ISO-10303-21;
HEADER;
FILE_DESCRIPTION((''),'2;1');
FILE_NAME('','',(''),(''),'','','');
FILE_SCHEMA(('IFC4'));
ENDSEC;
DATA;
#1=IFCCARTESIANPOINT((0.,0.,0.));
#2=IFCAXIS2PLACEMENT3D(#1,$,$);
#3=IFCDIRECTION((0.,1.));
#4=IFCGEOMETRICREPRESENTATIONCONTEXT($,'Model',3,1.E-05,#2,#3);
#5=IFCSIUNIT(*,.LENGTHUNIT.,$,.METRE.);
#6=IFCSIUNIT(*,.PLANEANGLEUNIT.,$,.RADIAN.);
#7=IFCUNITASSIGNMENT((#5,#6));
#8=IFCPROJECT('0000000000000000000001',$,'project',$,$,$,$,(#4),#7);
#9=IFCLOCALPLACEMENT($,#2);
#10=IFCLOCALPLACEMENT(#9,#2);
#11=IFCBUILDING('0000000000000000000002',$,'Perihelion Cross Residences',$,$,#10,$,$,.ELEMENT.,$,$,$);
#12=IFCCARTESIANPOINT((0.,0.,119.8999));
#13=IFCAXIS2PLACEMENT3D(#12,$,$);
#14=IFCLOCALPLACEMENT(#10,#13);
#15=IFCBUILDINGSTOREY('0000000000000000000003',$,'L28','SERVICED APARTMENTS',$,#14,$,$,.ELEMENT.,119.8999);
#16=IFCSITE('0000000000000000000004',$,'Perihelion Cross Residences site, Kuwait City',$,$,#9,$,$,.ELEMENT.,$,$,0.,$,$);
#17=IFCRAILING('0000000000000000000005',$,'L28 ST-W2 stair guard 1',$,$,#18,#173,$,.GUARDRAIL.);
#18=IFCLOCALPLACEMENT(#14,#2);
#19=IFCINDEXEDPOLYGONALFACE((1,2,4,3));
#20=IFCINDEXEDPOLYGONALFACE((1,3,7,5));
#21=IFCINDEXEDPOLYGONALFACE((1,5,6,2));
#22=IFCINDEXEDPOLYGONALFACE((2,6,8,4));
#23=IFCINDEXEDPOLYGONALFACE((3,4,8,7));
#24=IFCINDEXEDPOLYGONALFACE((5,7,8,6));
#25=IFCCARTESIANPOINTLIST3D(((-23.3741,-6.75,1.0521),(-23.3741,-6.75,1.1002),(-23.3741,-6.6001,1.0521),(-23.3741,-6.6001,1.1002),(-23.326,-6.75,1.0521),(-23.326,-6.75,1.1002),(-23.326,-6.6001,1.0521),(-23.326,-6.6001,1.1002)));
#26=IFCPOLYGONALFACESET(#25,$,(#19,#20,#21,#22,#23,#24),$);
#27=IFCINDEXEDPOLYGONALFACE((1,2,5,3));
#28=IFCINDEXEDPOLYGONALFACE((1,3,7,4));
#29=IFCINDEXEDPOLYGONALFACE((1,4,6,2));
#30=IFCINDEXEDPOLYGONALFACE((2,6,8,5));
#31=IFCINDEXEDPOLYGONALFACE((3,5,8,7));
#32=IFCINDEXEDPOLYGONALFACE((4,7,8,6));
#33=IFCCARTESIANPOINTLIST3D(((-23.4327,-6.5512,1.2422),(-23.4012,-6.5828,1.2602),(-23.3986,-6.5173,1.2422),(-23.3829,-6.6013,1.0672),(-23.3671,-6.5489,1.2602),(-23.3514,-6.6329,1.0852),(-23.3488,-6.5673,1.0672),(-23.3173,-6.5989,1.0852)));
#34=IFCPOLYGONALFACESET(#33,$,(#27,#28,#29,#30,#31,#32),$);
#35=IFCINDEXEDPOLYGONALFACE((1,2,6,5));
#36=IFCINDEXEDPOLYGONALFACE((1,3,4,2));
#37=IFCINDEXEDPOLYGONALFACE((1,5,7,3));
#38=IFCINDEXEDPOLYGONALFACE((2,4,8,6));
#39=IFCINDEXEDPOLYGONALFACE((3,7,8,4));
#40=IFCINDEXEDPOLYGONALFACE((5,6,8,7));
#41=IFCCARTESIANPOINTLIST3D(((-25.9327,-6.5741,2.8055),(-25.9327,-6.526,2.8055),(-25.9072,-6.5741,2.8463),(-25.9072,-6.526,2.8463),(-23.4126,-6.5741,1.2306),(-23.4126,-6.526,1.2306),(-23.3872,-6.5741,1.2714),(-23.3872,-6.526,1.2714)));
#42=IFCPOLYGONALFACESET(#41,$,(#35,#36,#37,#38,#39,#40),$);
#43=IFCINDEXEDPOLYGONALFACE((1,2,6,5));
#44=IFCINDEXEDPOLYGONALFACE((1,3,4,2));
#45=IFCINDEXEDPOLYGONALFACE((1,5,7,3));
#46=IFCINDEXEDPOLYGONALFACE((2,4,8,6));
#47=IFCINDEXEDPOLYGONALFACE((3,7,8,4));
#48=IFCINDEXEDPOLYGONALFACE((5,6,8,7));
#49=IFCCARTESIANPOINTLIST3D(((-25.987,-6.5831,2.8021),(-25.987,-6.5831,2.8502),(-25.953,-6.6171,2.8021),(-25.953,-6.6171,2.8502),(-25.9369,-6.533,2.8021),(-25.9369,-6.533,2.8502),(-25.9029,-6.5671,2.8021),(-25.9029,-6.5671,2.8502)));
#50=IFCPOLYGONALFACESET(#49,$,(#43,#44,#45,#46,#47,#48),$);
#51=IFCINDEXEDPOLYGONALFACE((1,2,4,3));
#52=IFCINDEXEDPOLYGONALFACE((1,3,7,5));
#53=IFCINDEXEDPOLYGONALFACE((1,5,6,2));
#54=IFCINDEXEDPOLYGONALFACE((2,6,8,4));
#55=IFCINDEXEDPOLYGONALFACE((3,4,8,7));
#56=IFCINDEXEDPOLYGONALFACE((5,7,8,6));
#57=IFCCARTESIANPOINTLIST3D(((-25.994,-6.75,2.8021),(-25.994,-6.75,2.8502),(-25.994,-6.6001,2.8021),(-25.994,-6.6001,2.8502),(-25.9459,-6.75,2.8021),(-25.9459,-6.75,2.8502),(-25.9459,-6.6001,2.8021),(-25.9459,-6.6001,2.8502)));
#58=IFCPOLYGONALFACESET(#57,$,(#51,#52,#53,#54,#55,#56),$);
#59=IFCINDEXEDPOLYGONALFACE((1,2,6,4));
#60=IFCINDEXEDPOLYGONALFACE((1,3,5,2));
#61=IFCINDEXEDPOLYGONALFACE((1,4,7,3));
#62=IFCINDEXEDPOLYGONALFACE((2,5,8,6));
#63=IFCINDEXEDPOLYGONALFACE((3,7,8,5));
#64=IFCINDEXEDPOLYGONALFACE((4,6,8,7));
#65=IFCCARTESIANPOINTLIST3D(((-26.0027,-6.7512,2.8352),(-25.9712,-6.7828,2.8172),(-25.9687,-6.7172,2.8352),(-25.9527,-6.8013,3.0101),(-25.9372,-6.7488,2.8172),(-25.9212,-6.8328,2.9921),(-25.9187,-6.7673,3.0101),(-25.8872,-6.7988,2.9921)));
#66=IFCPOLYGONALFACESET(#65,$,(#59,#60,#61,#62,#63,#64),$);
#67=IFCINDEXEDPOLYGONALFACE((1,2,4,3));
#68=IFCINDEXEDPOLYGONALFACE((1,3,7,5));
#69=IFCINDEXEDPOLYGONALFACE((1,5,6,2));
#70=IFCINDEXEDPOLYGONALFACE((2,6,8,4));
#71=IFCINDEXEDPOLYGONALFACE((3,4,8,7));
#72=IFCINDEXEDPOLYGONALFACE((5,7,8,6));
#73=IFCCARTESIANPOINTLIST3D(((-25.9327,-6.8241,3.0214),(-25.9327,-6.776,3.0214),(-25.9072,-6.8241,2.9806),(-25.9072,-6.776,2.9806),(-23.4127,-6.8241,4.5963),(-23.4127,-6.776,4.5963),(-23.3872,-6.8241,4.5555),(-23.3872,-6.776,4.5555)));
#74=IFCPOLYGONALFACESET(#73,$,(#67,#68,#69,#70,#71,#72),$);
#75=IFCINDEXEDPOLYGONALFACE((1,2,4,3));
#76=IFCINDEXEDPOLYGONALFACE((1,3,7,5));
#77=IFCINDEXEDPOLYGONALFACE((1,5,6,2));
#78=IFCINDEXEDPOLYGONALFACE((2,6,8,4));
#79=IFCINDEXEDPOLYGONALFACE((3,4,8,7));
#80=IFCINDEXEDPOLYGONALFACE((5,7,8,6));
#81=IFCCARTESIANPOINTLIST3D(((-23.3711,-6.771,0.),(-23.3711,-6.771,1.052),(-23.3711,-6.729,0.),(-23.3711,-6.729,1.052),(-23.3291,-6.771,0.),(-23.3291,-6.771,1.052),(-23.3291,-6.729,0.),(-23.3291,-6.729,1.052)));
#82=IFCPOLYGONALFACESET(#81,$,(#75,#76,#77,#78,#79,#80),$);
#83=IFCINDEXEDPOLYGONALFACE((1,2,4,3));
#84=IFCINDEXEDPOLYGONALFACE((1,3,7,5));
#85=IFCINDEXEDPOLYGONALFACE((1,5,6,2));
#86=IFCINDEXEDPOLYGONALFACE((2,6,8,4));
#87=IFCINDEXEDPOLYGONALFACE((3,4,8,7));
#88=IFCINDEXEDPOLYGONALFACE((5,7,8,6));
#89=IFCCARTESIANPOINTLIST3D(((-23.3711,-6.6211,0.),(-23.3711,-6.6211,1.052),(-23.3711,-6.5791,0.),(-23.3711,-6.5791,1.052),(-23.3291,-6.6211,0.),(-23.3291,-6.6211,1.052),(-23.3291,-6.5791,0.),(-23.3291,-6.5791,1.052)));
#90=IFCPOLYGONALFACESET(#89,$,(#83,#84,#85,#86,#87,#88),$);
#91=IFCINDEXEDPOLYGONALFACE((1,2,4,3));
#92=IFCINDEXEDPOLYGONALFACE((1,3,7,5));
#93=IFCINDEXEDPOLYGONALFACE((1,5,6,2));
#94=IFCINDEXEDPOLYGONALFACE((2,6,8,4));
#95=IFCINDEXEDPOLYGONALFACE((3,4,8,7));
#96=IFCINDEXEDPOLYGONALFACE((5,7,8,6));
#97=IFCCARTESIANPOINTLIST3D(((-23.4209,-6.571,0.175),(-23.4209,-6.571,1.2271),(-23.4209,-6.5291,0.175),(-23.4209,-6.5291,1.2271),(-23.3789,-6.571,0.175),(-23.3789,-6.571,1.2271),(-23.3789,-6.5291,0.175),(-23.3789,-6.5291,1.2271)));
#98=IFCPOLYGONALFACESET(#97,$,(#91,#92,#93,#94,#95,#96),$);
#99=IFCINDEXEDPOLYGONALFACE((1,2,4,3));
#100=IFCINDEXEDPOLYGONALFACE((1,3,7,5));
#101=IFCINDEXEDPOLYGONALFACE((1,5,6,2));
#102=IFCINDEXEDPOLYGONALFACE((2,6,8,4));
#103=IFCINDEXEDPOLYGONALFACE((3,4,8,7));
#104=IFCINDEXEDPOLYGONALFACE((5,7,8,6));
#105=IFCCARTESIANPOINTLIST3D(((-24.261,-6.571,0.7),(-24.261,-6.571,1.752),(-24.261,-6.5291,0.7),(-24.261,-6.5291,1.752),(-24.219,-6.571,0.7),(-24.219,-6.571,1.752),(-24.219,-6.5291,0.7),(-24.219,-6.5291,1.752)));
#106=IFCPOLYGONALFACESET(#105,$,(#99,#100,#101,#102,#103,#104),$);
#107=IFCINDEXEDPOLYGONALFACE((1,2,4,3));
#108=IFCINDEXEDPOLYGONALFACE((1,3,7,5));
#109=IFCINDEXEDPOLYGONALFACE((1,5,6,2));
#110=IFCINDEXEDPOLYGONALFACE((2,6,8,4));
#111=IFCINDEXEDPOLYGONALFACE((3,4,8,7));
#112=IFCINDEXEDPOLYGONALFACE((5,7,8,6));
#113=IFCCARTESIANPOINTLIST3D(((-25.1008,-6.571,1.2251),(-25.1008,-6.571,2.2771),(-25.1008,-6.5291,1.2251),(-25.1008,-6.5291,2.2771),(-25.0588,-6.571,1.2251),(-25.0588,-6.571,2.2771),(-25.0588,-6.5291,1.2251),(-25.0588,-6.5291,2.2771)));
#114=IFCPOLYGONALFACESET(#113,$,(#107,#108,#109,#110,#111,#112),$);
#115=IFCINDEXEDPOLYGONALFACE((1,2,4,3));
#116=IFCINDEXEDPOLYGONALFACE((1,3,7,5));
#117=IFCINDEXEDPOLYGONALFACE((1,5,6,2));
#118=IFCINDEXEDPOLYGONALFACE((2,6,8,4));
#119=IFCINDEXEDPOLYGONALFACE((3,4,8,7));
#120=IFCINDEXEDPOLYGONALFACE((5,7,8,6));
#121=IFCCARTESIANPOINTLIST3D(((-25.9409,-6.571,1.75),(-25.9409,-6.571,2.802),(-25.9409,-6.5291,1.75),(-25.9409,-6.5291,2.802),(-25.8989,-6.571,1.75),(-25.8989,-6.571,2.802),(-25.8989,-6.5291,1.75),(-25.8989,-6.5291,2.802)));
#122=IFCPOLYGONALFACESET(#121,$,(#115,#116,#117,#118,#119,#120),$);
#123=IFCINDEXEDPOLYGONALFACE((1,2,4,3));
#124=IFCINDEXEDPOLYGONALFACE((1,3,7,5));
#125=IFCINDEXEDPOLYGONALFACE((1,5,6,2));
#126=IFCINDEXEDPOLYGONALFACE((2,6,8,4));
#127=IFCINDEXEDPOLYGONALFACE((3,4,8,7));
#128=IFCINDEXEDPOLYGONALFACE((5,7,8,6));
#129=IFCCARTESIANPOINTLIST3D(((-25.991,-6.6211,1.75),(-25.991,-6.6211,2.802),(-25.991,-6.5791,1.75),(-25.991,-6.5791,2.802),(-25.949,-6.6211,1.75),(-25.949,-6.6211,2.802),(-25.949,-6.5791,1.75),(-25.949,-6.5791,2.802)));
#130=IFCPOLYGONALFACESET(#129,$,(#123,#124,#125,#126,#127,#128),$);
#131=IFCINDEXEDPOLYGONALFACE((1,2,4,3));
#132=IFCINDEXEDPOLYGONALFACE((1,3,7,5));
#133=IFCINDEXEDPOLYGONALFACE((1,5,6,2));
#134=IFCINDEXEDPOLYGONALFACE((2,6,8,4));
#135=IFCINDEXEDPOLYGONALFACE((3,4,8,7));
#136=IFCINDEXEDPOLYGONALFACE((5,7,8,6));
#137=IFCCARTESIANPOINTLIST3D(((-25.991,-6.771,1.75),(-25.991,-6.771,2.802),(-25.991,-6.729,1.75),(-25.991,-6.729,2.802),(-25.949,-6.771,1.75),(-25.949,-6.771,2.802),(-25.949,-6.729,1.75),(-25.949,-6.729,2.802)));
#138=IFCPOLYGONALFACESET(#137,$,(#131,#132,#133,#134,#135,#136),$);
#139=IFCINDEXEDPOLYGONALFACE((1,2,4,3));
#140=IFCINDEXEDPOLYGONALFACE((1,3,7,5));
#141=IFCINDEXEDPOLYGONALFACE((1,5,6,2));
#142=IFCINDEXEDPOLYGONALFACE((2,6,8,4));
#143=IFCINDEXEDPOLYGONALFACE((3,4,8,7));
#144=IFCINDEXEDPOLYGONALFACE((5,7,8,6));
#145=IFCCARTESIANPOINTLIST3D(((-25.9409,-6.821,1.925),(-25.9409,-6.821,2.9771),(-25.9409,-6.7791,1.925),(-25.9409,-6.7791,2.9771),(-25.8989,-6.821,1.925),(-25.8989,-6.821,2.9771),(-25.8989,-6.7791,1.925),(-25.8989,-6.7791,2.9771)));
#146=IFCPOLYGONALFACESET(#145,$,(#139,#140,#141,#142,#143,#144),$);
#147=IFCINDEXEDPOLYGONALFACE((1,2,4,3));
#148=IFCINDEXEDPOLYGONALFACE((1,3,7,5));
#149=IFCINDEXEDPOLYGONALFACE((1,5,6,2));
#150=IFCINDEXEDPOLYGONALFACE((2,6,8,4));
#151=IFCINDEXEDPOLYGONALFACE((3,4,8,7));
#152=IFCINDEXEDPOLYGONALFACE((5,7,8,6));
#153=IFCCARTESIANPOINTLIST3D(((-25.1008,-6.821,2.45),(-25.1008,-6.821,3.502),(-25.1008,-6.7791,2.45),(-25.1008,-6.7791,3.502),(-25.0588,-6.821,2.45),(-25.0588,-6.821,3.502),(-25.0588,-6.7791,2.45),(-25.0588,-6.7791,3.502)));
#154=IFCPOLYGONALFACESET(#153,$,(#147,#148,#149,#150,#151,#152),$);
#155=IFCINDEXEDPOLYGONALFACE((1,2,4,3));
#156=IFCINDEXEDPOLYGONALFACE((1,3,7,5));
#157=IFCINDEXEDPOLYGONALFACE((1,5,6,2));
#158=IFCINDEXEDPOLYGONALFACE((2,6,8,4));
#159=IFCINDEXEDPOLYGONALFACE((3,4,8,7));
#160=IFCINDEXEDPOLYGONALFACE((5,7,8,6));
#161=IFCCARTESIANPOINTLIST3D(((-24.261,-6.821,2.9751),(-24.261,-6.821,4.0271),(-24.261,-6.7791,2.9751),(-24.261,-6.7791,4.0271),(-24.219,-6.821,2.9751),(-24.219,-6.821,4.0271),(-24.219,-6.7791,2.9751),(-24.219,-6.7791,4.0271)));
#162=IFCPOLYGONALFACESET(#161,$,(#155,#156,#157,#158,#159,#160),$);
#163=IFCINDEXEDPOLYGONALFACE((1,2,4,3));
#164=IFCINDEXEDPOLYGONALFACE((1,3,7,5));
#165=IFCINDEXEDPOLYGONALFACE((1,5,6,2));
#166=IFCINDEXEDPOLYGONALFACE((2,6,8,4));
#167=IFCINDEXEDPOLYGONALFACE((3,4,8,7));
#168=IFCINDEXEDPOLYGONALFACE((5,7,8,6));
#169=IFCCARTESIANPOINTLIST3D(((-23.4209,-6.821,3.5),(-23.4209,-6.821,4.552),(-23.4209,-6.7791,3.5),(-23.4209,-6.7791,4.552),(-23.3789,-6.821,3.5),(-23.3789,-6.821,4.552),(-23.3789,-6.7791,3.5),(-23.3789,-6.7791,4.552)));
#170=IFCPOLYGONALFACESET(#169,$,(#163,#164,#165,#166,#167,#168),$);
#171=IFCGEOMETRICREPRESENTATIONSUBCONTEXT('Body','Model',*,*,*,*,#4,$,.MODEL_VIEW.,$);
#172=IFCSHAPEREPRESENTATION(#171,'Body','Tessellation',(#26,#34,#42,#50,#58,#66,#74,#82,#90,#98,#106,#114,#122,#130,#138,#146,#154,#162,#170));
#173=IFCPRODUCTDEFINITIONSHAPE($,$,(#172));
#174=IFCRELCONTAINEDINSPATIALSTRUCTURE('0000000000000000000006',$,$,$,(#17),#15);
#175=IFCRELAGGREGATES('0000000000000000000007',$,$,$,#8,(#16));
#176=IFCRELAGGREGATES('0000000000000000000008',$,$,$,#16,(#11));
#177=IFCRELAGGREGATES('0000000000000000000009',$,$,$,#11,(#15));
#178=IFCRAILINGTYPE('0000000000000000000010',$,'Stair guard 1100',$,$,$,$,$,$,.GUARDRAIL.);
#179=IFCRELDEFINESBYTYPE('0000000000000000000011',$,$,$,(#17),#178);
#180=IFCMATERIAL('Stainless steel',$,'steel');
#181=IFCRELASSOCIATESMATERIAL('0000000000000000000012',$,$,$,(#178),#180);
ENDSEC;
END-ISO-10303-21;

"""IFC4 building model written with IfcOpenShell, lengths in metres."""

from ifc_helpers import new_model, si_unit, direction, frame, origin, origin_2d, place, context, subcontext, project, spatial, rectangle, extrude, material, type_object, element, save


model = new_model("IFC4")

# Units and contexts
model_context = context("Model", 3, precision=1e-05, world=origin(), true_north=direction((0.0, 1.0)))
body_context = subcontext(model_context, "Body", "Model", "MODEL_VIEW")
ifc_project = project(units=[si_unit("LENGTHUNIT", "METRE"), si_unit("PLANEANGLEUNIT", "RADIAN")], contexts=[model_context])

# Site, building, storey
site_placement = place(None, origin())
site = spatial("IfcSite", under=ifc_project, at=site_placement, Name="Perihelion Cross Residences site, Kuwait City", CompositionType="ELEMENT", RefElevation=0.0)
building_placement = place(site_placement, origin())
building = spatial("IfcBuilding", under=site, at=building_placement, Name="Perihelion Cross Residences", CompositionType="ELEMENT")
storey_placement = place(building_placement, frame((0.0, 0.0, 119.8999)))
storey = spatial("IfcBuildingStorey", under=building, at=storey_placement, Name="L28", Description="SERVICED APARTMENTS", CompositionType="ELEMENT", Elevation=119.8999)

# Railing
ifc_material_1 = material(Name="Stainless steel", Category="steel")
railing_type_1 = type_object("IfcRailingType", Name="Stair guard 1100", PredefinedType="GUARDRAIL", material=ifc_material_1)
railing_1_placement = place(storey_placement, frame((-23.3501, -6.75, 0.0)))
element("IfcRailing", 1, at=railing_1_placement, inside=storey, type_object=railing_type_1, Name="L28 ST-W2 stair guard 1", PredefinedType="GUARDRAIL", context=body_context, shape_type="SweptSolid", body=[
    extrude(rectangle(XDim=0.0481, YDim=0.0481, at=origin_2d()), frame((0.0, 0.0, 1.0762), z_axis=(0.0, 1.0, 0.0), x_axis=(-1.0, 0.0, 0.0)), (0.0, 0.0, 1.0), 0.1499),
    extrude(rectangle(XDim=0.0481, YDim=0.0481, at=origin_2d()), frame((0.0, 0.1499, 1.0762), z_axis=(-0.263862, 0.265156, 0.927399), x_axis=(-0.708834, -0.705376, 0.0)), (0.0, 0.0, 1.0), 0.1887),
    extrude(rectangle(XDim=0.0481, YDim=0.0481, at=origin_2d()), frame((-0.0498, 0.2, 1.251), z_axis=(-0.848008, 0.0, 0.529984), x_axis=(0.0, -1.0, 0.0)), (0.0, 0.0, 1.0), 2.9717),
    extrude(rectangle(XDim=0.0481, YDim=0.0481, at=origin_2d()), frame((-2.5698, 0.2, 2.8262), z_axis=(-0.707107, -0.707107, 0.0), x_axis=(0.707107, -0.707107, 0.0)), (0.0, 0.0, 1.0), 0.0708),
    extrude(rectangle(XDim=0.0481, YDim=0.0481, at=origin_2d()), frame((-2.6199, 0.1499, 2.8262), z_axis=(0.0, -1.0, 0.0), x_axis=(1.0, 0.0, 0.0)), (0.0, 0.0, 1.0), 0.1499),
    extrude(rectangle(XDim=0.0481, YDim=0.0481, at=origin_2d()), frame((-2.6199, 0.0, 2.8262), z_axis=(0.265065, -0.265065, 0.927082), x_axis=(0.707107, 0.707107, 0.0)), (0.0, 0.0, 1.0), 0.1887),
    extrude(rectangle(XDim=0.0481, YDim=0.0481, at=origin_2d()), frame((-2.5698, -0.05, 3.001), z_axis=(0.848008, 0.0, 0.529984), x_axis=(0.0, 1.0, 0.0)), (0.0, 0.0, 1.0), 2.9717),
    extrude(rectangle(XDim=0.042, YDim=0.042, at=origin_2d()), origin(), (0.0, 0.0, 1.0), 1.052),
    extrude(rectangle(XDim=0.042, YDim=0.042, at=origin_2d()), frame((0.0, 0.1499, 0.0)), (0.0, 0.0, 1.0), 1.052),
    extrude(rectangle(XDim=0.042, YDim=0.042, at=origin_2d()), frame((-0.0498, 0.2, 0.175)), (0.0, 0.0, 1.0), 1.052),
    extrude(rectangle(XDim=0.042, YDim=0.042, at=origin_2d()), frame((-0.8899, 0.2, 0.7)), (0.0, 0.0, 1.0), 1.052),
    extrude(rectangle(XDim=0.042, YDim=0.042, at=origin_2d()), frame((-1.7297, 0.2, 1.2251)), (0.0, 0.0, 1.0), 1.052),
    extrude(rectangle(XDim=0.042, YDim=0.042, at=origin_2d()), frame((-2.5698, 0.2, 1.75)), (0.0, 0.0, 1.0), 1.052),
    extrude(rectangle(XDim=0.042, YDim=0.042, at=origin_2d()), frame((-2.6199, 0.1499, 1.75)), (0.0, 0.0, 1.0), 1.052),
    extrude(rectangle(XDim=0.042, YDim=0.042, at=origin_2d()), frame((-2.6199, 0.0, 1.75)), (0.0, 0.0, 1.0), 1.052),
    extrude(rectangle(XDim=0.042, YDim=0.042, at=origin_2d()), frame((-2.5698, -0.05, 1.925)), (0.0, 0.0, 1.0), 1.052),
    extrude(rectangle(XDim=0.042, YDim=0.042, at=origin_2d()), frame((-1.7297, -0.05, 2.45)), (0.0, 0.0, 1.0), 1.052),
    extrude(rectangle(XDim=0.042, YDim=0.042, at=origin_2d()), frame((-0.8899, -0.05, 2.9751)), (0.0, 0.0, 1.0), 1.052),
    extrude(rectangle(XDim=0.042, YDim=0.042, at=origin_2d()), frame((-0.0498, -0.05, 3.5)), (0.0, 0.0, 1.0), 1.052),
])

save(model, "model.ifc")
